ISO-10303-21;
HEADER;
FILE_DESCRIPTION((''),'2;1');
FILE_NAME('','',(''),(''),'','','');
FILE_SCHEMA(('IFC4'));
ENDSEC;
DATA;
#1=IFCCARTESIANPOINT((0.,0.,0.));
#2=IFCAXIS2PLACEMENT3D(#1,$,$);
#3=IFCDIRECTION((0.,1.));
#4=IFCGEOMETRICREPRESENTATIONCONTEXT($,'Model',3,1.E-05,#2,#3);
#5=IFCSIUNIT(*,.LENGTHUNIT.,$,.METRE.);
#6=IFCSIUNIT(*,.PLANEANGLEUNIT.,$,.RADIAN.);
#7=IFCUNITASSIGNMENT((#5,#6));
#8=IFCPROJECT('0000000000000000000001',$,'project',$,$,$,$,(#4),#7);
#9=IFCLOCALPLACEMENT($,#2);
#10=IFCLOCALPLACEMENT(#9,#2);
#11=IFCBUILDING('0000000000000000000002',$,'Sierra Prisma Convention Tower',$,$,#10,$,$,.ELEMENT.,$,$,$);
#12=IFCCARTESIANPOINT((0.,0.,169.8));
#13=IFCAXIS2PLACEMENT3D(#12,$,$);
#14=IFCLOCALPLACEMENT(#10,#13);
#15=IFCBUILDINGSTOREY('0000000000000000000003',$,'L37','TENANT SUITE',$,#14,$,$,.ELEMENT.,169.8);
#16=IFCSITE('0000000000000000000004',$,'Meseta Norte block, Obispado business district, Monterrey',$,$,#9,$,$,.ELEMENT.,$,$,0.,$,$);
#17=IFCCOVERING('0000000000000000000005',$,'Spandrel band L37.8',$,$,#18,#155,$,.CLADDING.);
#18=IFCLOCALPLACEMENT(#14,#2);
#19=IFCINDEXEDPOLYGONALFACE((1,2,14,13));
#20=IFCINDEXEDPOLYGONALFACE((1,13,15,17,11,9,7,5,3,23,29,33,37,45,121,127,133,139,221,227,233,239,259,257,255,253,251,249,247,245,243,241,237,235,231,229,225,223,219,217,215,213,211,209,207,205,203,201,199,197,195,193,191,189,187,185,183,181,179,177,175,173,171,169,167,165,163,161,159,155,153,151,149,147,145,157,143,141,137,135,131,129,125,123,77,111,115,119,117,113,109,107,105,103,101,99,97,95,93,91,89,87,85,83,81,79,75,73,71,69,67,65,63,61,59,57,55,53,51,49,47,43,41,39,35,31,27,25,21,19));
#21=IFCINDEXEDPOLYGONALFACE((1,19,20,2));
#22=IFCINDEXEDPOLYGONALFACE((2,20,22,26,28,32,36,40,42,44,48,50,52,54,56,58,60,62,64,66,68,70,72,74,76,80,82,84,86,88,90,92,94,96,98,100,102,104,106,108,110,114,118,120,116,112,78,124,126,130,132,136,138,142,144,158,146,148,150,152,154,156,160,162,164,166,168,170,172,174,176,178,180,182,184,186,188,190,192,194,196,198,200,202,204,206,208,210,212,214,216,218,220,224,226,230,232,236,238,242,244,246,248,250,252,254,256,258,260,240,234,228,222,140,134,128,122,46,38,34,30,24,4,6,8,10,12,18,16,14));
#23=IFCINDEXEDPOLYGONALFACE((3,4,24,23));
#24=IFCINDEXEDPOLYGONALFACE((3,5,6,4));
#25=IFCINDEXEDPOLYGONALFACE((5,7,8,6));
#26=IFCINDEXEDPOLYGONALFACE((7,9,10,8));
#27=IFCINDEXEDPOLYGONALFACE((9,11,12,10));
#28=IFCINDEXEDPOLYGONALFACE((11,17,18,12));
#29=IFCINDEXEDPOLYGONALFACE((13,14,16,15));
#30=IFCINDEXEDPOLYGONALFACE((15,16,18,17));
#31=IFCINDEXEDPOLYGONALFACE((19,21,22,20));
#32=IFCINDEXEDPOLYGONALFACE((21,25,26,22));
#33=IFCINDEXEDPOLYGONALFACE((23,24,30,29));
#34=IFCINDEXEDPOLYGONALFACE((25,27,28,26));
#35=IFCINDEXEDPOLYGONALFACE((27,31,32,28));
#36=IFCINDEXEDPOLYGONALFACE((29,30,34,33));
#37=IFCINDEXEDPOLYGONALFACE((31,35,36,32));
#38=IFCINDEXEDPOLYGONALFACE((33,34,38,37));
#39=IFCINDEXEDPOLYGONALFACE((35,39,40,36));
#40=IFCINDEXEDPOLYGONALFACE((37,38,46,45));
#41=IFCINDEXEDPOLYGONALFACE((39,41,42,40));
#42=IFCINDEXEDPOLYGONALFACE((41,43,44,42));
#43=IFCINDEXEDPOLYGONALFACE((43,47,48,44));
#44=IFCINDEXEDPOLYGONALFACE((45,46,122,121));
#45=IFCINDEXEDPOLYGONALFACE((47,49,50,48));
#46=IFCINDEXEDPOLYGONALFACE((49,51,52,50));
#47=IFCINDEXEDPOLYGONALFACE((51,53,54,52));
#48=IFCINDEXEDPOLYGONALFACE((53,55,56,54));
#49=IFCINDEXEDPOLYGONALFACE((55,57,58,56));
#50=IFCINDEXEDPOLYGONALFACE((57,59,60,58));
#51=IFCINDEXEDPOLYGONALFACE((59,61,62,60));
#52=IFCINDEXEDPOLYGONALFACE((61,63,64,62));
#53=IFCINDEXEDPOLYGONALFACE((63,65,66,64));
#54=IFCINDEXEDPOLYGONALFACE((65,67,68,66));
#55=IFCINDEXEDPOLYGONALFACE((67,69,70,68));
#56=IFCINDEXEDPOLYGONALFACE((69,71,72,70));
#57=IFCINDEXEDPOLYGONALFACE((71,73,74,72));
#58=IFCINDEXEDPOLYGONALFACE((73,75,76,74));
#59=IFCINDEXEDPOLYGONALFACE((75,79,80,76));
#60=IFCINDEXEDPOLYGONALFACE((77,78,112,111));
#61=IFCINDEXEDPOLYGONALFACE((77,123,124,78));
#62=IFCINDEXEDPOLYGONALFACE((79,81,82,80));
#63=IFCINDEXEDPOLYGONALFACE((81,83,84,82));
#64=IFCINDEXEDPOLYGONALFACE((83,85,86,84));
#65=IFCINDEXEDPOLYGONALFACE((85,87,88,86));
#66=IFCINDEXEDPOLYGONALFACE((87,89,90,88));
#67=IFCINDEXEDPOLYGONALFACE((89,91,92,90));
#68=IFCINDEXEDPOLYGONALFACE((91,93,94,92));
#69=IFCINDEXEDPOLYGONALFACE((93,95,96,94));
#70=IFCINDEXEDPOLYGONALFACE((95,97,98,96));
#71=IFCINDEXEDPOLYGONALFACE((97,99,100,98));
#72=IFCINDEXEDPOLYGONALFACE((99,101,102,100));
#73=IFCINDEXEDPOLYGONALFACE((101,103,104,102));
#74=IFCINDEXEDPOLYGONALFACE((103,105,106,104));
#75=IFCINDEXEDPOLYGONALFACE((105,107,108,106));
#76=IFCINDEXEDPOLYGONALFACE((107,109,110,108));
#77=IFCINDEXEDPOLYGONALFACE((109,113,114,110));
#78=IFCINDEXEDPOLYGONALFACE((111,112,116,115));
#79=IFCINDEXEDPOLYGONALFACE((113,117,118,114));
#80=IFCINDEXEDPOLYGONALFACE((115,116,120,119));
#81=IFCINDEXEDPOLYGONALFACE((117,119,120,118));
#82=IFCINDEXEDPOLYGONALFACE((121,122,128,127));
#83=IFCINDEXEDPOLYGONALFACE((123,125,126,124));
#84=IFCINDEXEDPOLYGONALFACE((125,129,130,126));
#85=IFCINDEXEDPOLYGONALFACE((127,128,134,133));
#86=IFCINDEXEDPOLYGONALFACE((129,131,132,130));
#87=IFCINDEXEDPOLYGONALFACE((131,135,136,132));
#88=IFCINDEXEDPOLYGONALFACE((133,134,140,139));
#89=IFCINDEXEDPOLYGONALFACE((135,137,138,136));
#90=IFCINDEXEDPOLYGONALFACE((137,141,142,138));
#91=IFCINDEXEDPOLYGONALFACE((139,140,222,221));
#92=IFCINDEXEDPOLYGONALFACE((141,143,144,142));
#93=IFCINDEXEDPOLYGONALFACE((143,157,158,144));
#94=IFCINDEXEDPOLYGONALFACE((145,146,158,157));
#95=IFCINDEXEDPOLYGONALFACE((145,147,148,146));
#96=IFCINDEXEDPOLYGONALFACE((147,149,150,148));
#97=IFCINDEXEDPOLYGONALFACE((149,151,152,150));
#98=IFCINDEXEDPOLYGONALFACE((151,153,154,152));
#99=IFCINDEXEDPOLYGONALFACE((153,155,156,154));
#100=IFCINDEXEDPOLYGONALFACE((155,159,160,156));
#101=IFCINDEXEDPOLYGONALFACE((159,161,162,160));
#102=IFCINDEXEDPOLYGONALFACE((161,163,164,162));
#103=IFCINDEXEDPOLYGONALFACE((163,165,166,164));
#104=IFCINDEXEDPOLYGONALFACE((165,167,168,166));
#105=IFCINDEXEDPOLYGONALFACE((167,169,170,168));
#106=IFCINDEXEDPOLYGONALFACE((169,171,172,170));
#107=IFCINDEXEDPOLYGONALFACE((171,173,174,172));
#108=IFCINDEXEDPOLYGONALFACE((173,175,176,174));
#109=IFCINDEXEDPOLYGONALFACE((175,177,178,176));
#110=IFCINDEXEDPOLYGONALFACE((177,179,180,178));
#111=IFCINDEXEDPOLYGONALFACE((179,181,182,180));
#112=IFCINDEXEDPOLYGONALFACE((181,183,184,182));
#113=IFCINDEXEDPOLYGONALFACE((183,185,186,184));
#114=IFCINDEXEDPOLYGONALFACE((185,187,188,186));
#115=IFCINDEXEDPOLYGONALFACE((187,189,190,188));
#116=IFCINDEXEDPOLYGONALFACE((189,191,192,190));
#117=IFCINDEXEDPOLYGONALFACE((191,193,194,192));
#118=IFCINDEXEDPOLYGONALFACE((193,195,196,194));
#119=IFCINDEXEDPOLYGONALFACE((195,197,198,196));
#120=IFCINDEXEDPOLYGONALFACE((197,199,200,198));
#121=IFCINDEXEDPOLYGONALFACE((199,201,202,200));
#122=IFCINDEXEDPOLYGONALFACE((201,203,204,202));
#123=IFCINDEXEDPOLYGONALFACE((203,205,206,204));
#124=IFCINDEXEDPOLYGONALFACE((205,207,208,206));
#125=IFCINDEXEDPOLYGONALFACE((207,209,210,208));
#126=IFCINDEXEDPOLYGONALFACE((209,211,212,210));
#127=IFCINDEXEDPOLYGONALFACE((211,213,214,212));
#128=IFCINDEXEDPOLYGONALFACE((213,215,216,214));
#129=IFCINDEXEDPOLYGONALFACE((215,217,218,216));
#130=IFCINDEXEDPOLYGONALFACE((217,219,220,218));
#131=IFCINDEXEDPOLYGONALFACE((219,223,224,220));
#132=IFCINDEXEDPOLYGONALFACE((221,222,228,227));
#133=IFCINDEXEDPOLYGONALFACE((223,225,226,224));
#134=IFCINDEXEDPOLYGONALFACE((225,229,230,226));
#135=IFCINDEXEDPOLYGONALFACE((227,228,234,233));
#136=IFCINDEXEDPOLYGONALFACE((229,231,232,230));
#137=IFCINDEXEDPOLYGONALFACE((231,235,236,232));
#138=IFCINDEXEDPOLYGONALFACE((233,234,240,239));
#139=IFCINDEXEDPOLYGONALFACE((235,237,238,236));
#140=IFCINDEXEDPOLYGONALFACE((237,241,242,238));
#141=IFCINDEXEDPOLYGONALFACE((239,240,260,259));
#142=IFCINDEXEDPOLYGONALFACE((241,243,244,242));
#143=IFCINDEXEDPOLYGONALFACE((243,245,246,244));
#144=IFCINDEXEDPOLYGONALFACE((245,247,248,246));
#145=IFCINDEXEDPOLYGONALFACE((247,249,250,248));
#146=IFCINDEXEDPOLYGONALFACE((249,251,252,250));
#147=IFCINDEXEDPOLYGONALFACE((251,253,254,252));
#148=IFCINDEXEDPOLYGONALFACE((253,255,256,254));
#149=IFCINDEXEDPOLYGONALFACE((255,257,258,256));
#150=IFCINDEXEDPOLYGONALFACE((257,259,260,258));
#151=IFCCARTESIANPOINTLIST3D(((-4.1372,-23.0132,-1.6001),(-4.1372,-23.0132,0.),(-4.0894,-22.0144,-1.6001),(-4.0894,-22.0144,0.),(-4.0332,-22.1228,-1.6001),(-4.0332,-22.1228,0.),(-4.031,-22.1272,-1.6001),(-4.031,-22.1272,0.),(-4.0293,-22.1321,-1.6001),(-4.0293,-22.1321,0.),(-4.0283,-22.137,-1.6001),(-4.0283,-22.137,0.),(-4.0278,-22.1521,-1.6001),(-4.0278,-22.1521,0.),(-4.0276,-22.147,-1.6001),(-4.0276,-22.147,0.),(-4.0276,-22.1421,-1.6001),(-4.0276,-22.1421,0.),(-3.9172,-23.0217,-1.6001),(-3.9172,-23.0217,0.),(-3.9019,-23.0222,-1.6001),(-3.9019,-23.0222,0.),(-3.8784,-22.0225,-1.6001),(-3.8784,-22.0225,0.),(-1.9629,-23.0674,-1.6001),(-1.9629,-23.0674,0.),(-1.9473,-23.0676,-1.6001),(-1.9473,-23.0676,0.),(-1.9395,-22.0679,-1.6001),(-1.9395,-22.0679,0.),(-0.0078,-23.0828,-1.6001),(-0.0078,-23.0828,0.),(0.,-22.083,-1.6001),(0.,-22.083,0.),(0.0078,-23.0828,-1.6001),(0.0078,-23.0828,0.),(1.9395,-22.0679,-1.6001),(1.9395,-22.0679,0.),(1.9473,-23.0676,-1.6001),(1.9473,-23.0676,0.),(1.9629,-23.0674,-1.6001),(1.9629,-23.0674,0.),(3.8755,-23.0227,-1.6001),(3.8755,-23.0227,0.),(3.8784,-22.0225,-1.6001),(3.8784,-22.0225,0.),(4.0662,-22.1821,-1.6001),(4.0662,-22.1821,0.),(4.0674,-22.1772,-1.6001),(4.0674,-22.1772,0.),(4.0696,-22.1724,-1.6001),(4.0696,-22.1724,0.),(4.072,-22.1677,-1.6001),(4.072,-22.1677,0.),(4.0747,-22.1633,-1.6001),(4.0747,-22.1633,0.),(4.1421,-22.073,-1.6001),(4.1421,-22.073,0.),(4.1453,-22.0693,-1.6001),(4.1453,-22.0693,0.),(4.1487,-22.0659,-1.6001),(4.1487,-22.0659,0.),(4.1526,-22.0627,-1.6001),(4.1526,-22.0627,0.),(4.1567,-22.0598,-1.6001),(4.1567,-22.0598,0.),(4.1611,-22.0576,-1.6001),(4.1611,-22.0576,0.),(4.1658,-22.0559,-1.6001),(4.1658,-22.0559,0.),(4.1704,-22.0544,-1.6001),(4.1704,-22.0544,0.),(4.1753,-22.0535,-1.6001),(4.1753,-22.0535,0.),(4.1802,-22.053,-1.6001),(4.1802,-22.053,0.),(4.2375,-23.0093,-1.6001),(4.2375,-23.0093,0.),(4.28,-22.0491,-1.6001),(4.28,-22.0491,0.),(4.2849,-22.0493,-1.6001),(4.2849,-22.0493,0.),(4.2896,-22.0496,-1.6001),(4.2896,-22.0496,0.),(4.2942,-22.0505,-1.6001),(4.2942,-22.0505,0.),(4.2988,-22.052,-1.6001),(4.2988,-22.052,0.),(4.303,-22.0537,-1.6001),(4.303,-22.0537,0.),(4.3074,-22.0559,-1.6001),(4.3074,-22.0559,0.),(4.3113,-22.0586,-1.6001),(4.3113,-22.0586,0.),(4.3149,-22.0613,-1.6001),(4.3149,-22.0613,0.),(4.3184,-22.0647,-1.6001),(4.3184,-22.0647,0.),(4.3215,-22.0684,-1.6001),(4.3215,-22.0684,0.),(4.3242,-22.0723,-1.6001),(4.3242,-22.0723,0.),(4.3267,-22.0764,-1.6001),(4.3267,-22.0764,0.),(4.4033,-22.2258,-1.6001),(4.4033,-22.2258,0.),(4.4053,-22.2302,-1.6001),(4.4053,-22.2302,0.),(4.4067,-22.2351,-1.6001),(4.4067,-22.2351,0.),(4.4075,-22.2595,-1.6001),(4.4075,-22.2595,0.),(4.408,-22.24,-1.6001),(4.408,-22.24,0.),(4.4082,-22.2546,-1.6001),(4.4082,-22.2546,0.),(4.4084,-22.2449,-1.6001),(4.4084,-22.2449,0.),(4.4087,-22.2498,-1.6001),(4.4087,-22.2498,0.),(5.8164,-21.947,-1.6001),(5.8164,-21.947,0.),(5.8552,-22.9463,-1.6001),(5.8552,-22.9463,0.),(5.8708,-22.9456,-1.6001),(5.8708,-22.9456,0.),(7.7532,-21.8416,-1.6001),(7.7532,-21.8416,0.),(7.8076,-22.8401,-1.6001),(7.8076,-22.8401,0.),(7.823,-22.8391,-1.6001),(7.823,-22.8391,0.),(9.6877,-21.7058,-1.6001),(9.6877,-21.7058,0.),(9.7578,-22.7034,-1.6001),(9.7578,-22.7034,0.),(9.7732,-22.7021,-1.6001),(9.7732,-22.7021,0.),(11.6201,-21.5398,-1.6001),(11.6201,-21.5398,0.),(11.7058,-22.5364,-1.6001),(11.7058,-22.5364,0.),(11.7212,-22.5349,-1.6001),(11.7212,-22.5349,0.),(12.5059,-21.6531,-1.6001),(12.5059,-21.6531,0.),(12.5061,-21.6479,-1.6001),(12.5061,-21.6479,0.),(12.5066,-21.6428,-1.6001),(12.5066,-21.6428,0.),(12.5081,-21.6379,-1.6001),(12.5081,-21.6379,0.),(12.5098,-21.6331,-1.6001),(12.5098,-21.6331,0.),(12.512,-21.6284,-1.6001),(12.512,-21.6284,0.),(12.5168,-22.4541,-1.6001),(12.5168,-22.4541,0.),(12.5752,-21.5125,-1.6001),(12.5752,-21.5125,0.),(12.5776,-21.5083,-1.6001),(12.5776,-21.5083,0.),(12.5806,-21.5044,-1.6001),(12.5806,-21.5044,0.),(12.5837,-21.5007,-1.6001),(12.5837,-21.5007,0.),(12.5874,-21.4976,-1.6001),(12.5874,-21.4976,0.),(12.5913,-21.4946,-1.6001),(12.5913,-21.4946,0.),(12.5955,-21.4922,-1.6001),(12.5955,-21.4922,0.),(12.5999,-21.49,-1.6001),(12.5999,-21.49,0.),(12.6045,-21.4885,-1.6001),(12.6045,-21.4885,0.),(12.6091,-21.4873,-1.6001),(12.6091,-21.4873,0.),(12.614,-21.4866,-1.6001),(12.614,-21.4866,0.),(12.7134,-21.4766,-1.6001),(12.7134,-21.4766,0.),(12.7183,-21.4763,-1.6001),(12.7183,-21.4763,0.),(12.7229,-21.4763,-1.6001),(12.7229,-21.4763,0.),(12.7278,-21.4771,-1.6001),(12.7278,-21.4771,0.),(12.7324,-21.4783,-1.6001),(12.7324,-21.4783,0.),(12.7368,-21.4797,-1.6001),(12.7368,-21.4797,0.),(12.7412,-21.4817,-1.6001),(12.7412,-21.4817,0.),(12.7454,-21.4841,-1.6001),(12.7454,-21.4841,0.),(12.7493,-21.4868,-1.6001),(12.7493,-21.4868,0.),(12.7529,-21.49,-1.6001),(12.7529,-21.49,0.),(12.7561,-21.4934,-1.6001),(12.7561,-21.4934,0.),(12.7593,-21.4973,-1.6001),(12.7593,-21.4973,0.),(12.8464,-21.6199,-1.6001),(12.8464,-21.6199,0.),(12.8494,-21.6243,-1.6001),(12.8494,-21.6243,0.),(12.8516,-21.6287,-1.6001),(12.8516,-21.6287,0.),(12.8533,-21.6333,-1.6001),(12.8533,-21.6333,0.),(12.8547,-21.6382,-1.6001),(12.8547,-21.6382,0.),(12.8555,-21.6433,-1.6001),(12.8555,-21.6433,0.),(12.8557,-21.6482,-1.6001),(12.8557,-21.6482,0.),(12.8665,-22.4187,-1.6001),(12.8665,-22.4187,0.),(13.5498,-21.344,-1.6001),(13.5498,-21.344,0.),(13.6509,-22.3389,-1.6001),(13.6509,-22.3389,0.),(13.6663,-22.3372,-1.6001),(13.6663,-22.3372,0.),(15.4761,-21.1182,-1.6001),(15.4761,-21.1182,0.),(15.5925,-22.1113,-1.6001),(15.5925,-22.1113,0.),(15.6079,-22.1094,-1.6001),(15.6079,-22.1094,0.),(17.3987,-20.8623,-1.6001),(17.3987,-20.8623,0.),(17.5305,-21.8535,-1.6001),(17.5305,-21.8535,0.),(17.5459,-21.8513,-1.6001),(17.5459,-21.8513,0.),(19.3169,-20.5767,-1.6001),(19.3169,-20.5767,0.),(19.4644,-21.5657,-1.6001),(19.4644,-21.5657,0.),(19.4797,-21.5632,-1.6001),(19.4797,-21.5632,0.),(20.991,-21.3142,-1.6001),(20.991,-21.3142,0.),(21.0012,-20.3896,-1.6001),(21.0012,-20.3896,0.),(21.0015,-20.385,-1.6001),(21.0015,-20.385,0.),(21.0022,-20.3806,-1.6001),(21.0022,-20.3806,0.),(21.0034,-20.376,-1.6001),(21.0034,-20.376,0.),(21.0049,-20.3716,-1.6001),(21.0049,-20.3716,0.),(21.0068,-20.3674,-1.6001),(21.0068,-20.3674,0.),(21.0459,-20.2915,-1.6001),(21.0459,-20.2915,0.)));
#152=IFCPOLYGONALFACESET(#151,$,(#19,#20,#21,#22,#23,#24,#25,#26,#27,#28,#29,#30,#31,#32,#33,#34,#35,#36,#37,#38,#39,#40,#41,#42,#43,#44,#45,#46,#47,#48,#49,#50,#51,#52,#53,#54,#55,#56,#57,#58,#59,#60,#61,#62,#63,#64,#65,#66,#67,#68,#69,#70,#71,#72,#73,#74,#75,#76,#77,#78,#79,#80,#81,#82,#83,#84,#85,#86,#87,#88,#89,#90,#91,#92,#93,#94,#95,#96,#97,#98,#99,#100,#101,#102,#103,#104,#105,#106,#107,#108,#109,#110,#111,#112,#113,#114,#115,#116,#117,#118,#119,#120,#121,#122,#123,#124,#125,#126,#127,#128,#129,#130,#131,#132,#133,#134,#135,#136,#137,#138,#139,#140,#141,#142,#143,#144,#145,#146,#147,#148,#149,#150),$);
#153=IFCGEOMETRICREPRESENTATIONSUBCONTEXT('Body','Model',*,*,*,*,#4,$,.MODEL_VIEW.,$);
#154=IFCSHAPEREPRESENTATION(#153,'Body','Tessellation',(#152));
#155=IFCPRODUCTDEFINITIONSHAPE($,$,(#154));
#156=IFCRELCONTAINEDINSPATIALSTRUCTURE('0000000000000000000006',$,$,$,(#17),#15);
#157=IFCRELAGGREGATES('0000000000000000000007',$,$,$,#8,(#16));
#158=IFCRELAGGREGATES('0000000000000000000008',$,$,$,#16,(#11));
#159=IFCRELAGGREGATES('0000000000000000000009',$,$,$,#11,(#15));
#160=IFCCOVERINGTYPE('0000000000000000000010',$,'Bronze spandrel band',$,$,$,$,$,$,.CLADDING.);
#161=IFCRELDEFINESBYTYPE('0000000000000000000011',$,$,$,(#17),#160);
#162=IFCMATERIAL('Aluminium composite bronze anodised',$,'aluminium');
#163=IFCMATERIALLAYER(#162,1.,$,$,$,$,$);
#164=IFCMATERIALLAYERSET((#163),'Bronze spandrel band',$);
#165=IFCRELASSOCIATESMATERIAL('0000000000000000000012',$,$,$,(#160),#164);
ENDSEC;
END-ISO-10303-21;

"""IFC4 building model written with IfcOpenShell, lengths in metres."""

from ifc_helpers import new_model, si_unit, direction, frame, origin, place, context, subcontext, project, spatial, polyline, outline, extrude, material, layer, layer_set, type_object, element, save


model = new_model("IFC4")

# Units and contexts
model_context = context("Model", 3, precision=1e-05, world=origin(), true_north=direction((0.0, 1.0)))
body_context = subcontext(model_context, "Body", "Model", "MODEL_VIEW")
ifc_project = project(units=[si_unit("LENGTHUNIT", "METRE"), si_unit("PLANEANGLEUNIT", "RADIAN")], contexts=[model_context])

# Site, building, storey
site_placement = place(None, origin())
site = spatial("IfcSite", under=ifc_project, at=site_placement, Name="Meseta Norte block, Obispado business district, Monterrey", CompositionType="ELEMENT", RefElevation=0.0)
building_placement = place(site_placement, origin())
building = spatial("IfcBuilding", under=site, at=building_placement, Name="Sierra Prisma Convention Tower", CompositionType="ELEMENT")
storey_placement = place(building_placement, frame((0.0, 0.0, 169.8)))
storey = spatial("IfcBuildingStorey", under=building, at=storey_placement, Name="L37", Description="TENANT SUITE", CompositionType="ELEMENT", Elevation=169.8)

# Covering
ifc_material_1 = material(Name="Aluminium composite bronze anodised", Category="aluminium")
ifc_layer_1 = layer(ifc_material_1, 1.0)
ifc_layer_set_1 = layer_set([ifc_layer_1], Name="Bronze spandrel band")
covering_type_1 = type_object("IfcCoveringType", Name="Bronze spandrel band", PredefinedType="CLADDING", material=ifc_layer_set_1)
covering_1_placement = place(storey_placement, frame((0.0, 0.0, -1.6001)))
element("IfcCovering", 1, at=covering_1_placement, inside=storey, type_object=covering_type_1, Name="Spandrel band L37.8", PredefinedType="CLADDING", context=body_context, shape_type="SweptSolid", body=[
    extrude(outline(polyline([(12.8555, -21.6433), (12.8547, -21.6382), (12.8533, -21.6333), (12.8516, -21.6287), (12.8494, -21.6243), (12.8464, -21.6199), (12.7593, -21.4973), (12.7561, -21.4934), (12.7529, -21.49), (12.7493, -21.4868), (12.7454, -21.4841), (12.7412, -21.4817), (12.7368, -21.4797), (12.7324, -21.4783), (12.7278, -21.4771), (12.7229, -21.4763), (12.7183, -21.4763), (12.7134, -21.4766), (12.614, -21.4866), (12.6091, -21.4873), (12.6045, -21.4885), (12.5999, -21.49), (12.5955, -21.4922), (12.5913, -21.4946), (12.5874, -21.4976), (12.5837, -21.5007), (12.5806, -21.5044), (12.5776, -21.5083), (12.5752, -21.5125), (12.512, -21.6284), (12.5098, -21.6331), (12.5081, -21.6379), (12.5066, -21.6428), (12.5061, -21.6479), (12.5059, -21.6531), (12.5168, -22.4541), (11.7212, -22.5349), (11.7058, -22.5364), (9.7732, -22.7021), (9.7578, -22.7034), (7.823, -22.8391), (7.8076, -22.8401), (5.8708, -22.9456), (5.8552, -22.9463), (4.2375, -23.0093), (4.4075, -22.2595), (4.4082, -22.2546), (4.4087, -22.2498), (4.4084, -22.2449), (4.408, -22.24), (4.4067, -22.2351), (4.4053, -22.2302), (4.4033, -22.2258), (4.3267, -22.0764), (4.3242, -22.0723), (4.3215, -22.0684), (4.3184, -22.0647), (4.3149, -22.0613), (4.3113, -22.0586), (4.3074, -22.0559), (4.303, -22.0537), (4.2988, -22.052), (4.2942, -22.0505), (4.2896, -22.0496), (4.2849, -22.0493), (4.28, -22.0491), (4.1802, -22.053), (4.1753, -22.0535), (4.1704, -22.0544), (4.1658, -22.0559), (4.1611, -22.0576), (4.1567, -22.0598), (4.1526, -22.0627), (4.1487, -22.0659), (4.1453, -22.0693), (4.1421, -22.073), (4.0747, -22.1633), (4.072, -22.1677), (4.0696, -22.1724), (4.0674, -22.1772), (4.0662, -22.1821), (3.8755, -23.0227), (1.9629, -23.0674), (1.9473, -23.0676), (0.0078, -23.0828), (-0.0078, -23.0828), (-1.9473, -23.0676), (-1.9629, -23.0674), (-3.9019, -23.0222), (-3.9172, -23.0217), (-4.1372, -23.0132), (-4.0278, -22.1521), (-4.0276, -22.147), (-4.0276, -22.1421), (-4.0283, -22.137), (-4.0293, -22.1321), (-4.031, -22.1272), (-4.0332, -22.1228), (-4.0894, -22.0144), (-3.8784, -22.0225), (-1.9395, -22.0679), (0.0, -22.083), (1.9395, -22.0679), (3.8784, -22.0225), (5.8164, -21.947), (7.7532, -21.8416), (9.6877, -21.7058), (11.6201, -21.5398), (13.5498, -21.344), (15.4761, -21.1182), (17.3987, -20.8623), (19.3169, -20.5767), (21.0459, -20.2915), (21.0068, -20.3674), (21.0049, -20.3716), (21.0034, -20.376), (21.0022, -20.3806), (21.0015, -20.385), (21.0012, -20.3896), (20.991, -21.3142), (19.4797, -21.5632), (19.4644, -21.5657), (17.5459, -21.8513), (17.5305, -21.8535), (15.6079, -22.1094), (15.5925, -22.1113), (13.6663, -22.3372), (13.6509, -22.3389), (12.8665, -22.4187), (12.8557, -21.6482), (12.8555, -21.6433)])), origin(), (0.0, 0.0, 1.0), 1.6001),
])

save(model, "model.ifc")
